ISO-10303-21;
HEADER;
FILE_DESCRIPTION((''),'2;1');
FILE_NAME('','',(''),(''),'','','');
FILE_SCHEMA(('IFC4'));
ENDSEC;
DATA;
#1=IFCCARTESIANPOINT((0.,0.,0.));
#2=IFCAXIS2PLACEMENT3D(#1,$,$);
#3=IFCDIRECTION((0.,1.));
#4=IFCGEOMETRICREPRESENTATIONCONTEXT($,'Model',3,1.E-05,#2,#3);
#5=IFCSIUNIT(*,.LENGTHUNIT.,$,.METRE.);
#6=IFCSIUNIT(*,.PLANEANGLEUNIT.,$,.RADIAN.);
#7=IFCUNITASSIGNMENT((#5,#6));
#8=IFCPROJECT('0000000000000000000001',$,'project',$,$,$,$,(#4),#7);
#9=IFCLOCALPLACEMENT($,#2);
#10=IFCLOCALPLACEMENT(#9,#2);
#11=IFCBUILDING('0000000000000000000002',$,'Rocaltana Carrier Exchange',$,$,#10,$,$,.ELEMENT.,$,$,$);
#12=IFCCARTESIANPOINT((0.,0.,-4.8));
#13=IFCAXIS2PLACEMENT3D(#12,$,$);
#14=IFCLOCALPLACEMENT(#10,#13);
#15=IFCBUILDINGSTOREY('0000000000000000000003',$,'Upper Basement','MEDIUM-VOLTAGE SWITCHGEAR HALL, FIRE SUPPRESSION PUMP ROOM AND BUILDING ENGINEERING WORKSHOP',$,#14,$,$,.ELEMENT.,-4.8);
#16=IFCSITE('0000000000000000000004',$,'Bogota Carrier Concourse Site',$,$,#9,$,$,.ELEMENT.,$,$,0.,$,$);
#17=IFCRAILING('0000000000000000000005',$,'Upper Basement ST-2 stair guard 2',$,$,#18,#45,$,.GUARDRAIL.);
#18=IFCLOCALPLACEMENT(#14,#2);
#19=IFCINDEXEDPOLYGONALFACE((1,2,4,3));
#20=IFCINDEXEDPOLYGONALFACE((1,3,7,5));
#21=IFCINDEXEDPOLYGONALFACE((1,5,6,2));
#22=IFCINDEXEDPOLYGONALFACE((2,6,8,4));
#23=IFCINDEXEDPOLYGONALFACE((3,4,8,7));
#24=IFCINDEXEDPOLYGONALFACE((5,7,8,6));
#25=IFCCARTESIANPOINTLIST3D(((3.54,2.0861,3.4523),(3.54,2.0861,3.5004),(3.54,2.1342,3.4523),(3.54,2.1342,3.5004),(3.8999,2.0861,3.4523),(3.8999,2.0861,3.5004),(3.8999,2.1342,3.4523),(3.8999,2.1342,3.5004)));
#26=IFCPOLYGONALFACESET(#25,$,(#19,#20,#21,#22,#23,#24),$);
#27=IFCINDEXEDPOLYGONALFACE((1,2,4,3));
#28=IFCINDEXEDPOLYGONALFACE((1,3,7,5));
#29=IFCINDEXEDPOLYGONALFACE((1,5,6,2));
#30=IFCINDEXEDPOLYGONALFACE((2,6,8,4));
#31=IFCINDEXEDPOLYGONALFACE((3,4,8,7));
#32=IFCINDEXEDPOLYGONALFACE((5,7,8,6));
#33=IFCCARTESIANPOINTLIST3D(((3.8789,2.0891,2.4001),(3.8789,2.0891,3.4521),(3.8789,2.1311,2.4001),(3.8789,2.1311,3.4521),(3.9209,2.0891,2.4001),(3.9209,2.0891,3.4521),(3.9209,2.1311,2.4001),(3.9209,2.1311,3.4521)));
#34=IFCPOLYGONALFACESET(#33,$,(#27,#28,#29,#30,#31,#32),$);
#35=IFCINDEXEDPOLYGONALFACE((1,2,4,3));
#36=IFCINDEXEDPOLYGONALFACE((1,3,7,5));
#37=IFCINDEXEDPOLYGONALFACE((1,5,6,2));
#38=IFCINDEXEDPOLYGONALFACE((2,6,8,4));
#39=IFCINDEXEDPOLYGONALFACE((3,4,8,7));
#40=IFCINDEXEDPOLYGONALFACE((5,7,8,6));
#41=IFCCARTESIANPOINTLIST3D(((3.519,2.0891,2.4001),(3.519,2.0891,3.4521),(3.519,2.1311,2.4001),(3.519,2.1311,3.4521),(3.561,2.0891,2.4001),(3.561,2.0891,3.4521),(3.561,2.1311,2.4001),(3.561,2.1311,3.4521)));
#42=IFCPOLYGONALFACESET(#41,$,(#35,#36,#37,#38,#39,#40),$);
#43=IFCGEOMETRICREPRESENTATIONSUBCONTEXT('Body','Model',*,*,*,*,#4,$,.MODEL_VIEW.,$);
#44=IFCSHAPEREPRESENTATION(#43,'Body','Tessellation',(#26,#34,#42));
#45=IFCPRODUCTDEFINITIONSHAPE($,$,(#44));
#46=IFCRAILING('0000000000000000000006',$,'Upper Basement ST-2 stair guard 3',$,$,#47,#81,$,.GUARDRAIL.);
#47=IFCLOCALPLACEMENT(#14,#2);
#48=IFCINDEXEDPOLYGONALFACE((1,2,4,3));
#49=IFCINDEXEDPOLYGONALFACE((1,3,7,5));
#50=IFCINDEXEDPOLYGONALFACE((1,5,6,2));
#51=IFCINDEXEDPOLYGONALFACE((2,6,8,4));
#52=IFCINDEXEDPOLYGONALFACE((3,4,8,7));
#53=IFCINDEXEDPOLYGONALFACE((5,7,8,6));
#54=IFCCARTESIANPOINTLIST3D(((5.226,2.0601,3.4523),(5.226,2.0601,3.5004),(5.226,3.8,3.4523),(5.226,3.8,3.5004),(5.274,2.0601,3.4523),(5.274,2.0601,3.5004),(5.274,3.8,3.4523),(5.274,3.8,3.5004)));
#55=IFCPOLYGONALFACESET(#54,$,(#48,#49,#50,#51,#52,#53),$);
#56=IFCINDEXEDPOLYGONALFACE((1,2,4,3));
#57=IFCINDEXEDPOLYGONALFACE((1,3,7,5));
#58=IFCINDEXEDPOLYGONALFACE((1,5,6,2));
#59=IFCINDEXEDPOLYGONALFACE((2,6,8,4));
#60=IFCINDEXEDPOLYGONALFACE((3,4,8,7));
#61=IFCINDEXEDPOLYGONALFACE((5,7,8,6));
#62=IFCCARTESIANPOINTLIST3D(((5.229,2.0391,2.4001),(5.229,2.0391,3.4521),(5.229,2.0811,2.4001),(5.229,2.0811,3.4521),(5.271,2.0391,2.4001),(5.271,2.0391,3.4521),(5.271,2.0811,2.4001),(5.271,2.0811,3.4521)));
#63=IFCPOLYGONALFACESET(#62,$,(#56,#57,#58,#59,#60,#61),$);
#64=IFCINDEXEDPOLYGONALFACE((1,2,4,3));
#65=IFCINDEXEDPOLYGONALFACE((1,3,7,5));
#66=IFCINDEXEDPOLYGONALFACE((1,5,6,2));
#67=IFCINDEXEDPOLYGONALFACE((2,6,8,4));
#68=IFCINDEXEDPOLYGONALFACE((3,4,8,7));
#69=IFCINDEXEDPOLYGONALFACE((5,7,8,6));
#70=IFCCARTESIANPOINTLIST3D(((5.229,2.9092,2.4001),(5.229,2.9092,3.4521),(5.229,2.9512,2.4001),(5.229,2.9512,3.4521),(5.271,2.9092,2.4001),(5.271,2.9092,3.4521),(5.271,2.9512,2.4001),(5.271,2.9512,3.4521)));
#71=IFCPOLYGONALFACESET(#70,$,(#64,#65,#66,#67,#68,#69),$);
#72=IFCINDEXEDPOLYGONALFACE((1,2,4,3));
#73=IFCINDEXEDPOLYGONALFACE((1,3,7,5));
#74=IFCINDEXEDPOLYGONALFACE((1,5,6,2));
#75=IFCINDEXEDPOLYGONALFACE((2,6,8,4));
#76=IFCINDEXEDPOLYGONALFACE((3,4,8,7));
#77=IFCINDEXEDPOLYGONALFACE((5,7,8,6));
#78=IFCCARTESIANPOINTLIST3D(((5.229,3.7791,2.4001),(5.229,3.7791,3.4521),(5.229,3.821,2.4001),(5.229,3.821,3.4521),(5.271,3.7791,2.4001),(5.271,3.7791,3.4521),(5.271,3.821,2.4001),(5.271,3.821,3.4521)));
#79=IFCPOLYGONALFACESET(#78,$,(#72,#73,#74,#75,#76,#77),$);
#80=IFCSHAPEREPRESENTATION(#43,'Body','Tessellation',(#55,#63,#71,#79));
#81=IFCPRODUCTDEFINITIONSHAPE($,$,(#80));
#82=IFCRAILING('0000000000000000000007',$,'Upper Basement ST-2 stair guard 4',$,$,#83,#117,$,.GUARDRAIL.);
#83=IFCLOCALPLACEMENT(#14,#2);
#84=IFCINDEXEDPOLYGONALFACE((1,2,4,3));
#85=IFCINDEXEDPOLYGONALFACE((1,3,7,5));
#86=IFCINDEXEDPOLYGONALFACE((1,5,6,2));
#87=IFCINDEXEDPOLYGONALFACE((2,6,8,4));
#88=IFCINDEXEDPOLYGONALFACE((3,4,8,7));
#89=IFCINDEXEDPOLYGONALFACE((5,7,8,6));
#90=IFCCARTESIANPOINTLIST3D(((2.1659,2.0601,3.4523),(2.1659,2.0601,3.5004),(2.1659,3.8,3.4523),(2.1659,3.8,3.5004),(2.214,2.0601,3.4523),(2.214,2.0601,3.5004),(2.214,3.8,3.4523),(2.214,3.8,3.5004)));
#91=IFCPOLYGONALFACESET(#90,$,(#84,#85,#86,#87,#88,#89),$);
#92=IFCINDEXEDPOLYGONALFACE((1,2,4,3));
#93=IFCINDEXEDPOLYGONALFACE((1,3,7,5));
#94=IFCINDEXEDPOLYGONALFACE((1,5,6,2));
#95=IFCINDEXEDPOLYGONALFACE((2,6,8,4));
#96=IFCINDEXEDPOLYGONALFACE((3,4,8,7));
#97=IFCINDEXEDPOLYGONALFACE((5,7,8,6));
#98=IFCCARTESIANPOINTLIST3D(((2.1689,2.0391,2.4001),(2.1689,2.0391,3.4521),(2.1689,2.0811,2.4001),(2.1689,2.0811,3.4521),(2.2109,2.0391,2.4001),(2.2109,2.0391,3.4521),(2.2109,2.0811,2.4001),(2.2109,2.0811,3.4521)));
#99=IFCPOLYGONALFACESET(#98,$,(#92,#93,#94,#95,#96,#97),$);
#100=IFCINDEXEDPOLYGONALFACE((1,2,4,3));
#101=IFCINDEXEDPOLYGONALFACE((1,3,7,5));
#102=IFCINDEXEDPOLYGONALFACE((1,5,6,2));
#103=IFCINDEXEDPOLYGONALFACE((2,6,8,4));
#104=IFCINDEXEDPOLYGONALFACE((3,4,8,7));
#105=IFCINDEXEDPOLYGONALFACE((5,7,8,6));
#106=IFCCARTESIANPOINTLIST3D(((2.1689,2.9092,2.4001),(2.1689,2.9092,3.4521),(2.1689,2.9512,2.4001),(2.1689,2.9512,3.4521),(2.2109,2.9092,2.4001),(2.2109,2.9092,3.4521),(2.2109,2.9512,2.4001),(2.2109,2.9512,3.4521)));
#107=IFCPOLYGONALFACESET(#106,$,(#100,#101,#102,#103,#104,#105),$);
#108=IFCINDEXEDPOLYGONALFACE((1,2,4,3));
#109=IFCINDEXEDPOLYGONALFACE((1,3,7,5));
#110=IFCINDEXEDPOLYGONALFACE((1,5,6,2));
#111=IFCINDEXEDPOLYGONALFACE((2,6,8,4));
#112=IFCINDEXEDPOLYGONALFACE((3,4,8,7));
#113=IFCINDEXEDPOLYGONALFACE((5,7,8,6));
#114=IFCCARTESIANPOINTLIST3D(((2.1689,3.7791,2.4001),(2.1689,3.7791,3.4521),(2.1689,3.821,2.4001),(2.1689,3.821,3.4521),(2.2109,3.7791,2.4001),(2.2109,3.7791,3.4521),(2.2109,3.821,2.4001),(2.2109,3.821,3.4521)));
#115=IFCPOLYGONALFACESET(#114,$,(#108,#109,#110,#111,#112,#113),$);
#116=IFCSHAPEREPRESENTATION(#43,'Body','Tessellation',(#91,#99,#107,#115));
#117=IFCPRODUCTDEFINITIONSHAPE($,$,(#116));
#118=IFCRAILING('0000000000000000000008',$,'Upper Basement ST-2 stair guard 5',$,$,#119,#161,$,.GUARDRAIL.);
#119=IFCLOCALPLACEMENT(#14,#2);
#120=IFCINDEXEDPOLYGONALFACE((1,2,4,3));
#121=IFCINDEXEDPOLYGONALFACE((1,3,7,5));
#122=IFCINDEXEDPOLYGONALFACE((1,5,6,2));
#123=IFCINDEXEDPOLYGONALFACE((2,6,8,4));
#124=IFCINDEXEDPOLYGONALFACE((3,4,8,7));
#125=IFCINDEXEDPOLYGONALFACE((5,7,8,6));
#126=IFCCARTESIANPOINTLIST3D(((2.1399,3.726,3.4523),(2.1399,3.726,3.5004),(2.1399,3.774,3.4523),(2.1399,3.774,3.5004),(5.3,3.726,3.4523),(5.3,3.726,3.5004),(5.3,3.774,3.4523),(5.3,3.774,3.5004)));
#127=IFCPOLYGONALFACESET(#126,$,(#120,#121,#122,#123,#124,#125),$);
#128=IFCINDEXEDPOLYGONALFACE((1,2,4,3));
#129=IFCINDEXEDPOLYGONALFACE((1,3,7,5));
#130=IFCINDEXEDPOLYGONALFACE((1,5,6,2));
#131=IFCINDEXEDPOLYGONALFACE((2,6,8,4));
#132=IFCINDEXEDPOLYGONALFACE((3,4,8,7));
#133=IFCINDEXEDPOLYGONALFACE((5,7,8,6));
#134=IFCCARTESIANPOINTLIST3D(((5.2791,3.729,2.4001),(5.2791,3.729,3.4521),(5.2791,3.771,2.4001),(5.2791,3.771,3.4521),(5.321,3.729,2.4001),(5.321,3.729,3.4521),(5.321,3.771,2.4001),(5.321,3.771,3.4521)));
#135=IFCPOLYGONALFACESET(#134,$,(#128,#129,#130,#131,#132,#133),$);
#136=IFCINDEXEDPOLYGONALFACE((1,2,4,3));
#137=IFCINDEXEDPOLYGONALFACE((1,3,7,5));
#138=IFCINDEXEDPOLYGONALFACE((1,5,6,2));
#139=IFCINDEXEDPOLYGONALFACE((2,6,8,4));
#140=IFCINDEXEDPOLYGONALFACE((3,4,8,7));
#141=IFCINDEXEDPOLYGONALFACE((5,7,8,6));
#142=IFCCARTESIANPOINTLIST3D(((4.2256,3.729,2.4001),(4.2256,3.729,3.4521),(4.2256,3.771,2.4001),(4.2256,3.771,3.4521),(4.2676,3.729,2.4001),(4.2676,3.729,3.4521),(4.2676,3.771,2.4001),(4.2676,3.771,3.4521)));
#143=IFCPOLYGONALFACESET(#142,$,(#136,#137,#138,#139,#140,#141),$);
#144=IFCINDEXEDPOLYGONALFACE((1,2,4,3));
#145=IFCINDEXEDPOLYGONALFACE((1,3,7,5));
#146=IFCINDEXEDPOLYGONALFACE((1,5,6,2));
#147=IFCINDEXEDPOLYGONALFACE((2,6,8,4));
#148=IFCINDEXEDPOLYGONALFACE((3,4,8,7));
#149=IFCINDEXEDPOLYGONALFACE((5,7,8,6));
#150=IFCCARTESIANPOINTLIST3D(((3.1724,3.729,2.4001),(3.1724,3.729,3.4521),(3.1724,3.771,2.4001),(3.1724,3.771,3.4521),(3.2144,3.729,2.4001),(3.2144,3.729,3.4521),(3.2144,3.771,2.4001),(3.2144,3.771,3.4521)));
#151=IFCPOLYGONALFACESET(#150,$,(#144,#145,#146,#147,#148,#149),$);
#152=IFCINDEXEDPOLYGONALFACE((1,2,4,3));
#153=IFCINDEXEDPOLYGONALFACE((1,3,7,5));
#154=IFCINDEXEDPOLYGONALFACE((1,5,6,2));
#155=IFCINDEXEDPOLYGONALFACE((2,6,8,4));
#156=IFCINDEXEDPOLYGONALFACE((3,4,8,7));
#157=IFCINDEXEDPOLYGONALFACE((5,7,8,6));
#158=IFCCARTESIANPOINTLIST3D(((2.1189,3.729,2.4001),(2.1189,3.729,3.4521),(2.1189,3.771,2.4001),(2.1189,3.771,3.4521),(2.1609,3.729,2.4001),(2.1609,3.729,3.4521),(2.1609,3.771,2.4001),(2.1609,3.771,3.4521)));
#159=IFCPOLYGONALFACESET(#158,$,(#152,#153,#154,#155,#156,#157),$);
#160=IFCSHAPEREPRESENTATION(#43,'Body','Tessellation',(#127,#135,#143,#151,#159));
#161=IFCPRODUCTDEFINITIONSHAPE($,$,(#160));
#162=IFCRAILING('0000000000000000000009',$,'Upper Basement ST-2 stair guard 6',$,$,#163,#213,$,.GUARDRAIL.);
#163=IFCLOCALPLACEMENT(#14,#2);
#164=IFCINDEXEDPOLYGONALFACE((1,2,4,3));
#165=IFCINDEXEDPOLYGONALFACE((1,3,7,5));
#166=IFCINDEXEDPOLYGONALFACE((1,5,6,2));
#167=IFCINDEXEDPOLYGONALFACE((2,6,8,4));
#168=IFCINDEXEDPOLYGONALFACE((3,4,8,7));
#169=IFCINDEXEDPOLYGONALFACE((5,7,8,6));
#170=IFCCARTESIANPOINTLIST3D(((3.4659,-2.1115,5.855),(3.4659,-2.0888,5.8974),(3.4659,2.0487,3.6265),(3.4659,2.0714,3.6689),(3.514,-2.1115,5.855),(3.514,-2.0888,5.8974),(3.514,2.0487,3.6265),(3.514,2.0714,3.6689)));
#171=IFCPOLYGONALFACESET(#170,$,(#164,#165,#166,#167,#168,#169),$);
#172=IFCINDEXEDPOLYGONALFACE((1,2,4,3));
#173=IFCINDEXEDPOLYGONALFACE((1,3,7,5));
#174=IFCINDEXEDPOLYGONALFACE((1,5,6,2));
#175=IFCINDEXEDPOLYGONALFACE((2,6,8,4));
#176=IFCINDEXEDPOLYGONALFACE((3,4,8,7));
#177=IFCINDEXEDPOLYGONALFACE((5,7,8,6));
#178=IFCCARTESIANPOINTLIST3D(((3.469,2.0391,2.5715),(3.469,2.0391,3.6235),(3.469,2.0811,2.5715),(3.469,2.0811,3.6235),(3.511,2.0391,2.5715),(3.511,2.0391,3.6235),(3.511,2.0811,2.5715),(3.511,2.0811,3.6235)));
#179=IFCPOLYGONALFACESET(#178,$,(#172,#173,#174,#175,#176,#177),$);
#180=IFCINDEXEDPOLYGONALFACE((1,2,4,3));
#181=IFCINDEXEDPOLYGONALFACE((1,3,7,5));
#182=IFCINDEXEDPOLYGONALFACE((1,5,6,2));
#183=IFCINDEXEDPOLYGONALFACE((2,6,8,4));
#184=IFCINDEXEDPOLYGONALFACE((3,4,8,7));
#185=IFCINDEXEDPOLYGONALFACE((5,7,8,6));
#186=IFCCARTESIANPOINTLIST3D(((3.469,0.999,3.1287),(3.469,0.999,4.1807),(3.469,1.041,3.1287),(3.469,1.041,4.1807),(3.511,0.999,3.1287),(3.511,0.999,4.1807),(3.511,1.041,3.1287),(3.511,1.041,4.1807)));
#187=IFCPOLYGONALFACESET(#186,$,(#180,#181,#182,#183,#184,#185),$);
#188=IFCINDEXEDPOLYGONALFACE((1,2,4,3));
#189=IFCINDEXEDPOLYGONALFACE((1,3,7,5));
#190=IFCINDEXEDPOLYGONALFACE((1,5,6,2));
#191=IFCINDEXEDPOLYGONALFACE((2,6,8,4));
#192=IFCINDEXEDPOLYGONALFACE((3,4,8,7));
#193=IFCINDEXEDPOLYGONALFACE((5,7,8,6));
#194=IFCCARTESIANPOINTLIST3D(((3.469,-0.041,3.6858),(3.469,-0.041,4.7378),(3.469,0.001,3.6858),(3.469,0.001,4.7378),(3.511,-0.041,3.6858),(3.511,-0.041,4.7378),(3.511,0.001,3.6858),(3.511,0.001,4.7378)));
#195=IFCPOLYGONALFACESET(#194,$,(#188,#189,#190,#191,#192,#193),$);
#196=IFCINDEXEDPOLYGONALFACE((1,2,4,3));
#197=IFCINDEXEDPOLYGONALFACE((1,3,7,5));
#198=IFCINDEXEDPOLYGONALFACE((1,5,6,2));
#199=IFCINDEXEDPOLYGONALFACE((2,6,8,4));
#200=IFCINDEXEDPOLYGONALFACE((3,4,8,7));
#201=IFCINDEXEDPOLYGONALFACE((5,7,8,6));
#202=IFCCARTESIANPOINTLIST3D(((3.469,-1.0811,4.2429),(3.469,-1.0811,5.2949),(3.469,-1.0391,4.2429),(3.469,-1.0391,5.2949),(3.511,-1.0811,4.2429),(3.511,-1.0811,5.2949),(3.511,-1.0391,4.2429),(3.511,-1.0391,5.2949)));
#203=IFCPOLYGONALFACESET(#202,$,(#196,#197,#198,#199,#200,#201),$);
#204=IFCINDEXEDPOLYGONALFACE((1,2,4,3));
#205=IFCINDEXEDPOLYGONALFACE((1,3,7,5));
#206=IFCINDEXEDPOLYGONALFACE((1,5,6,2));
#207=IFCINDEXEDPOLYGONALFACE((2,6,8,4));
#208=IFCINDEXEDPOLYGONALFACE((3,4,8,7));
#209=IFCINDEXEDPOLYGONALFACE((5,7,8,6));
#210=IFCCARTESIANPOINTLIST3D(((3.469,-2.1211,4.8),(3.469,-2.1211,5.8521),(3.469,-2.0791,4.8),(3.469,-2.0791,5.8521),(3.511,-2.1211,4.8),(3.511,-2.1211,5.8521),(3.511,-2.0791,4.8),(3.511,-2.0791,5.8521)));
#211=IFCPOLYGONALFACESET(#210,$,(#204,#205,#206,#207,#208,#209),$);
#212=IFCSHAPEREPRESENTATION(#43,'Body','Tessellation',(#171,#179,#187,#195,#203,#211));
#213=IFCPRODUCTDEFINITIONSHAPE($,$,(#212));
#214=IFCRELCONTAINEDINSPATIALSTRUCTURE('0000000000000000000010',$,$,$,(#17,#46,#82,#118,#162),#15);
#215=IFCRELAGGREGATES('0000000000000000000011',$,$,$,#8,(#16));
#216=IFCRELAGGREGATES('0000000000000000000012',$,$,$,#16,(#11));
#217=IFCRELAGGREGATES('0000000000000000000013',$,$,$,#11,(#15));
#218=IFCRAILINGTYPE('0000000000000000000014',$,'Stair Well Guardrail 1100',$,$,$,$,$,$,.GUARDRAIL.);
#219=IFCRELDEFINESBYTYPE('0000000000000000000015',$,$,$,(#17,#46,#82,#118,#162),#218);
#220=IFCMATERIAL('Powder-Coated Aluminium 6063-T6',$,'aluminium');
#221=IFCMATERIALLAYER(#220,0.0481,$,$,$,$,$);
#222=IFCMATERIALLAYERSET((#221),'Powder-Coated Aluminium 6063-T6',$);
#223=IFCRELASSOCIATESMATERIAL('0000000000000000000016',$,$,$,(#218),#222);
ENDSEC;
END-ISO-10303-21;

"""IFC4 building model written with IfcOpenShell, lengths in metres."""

from ifc_helpers import new_model, si_unit, direction, frame, origin, origin_2d, place, context, subcontext, project, spatial, rectangle, extrude, material, layer, layer_set, type_object, element, save


model = new_model("IFC4")

# Units and contexts
model_context = context("Model", 3, precision=1e-05, world=origin(), true_north=direction((0.0, 1.0)))
body_context = subcontext(model_context, "Body", "Model", "MODEL_VIEW")
ifc_project = project(units=[si_unit("LENGTHUNIT", "METRE"), si_unit("PLANEANGLEUNIT", "RADIAN")], contexts=[model_context])

# Site, building, storey
site_placement = place(None, origin())
site = spatial("IfcSite", under=ifc_project, at=site_placement, Name="Bogota Carrier Concourse Site", CompositionType="ELEMENT", RefElevation=0.0)
building_placement = place(site_placement, origin())
building = spatial("IfcBuilding", under=site, at=building_placement, Name="Rocaltana Carrier Exchange", CompositionType="ELEMENT")
storey_placement = place(building_placement, frame((0.0, 0.0, -4.8)))
storey = spatial("IfcBuildingStorey", under=building, at=storey_placement, Name="Upper Basement", Description="MEDIUM-VOLTAGE SWITCHGEAR HALL, FIRE SUPPRESSION PUMP ROOM AND BUILDING ENGINEERING WORKSHOP", CompositionType="ELEMENT", Elevation=-4.8)

# Railings
ifc_material_1 = material(Name="Powder-Coated Aluminium 6063-T6", Category="aluminium")
ifc_layer_1 = layer(ifc_material_1, 0.0481)
ifc_layer_set_1 = layer_set([ifc_layer_1], Name="Powder-Coated Aluminium 6063-T6")
railing_type_1 = type_object("IfcRailingType", Name="Stair Well Guardrail 1100", PredefinedType="GUARDRAIL", material=ifc_layer_set_1)
railing_1_placement = place(storey_placement, frame((3.8999, 2.1101, 2.4001)))
element("IfcRailing", 1, at=railing_1_placement, inside=storey, type_object=railing_type_1, Name="Upper Basement ST-2 stair guard 2", PredefinedType="GUARDRAIL", context=body_context, shape_type="SweptSolid", body=[
    extrude(rectangle(XDim=0.0481, YDim=0.0481, at=origin_2d()), frame((0.0, 0.0, 1.0762), z_axis=(-1.0, 0.0, 0.0), x_axis=(0.0, -1.0, 0.0)), (0.0, 0.0, 1.0), 0.3599),
    extrude(rectangle(XDim=0.042, YDim=0.042, at=origin_2d()), origin(), (0.0, 0.0, 1.0), 1.052),
    extrude(rectangle(XDim=0.042, YDim=0.042, at=origin_2d()), frame((-0.3599, 0.0, 0.0)), (0.0, 0.0, 1.0), 1.052),
])
for number, where, name in (
    (2, (5.25, 2.0601, 2.4001), "Upper Basement ST-2 stair guard 3"),
    (3, (2.1899, 2.0601, 2.4001), "Upper Basement ST-2 stair guard 4"),
):
    element("IfcRailing", number, at=place(storey_placement, frame(where)), inside=storey, type_object=railing_type_1, Name=name, PredefinedType="GUARDRAIL", context=body_context, shape_type="SweptSolid", body=[
        extrude(rectangle(XDim=0.0481, YDim=0.0481, at=origin_2d()), frame((0.0, 0.0, 1.0762), z_axis=(0.0, 1.0, 0.0), x_axis=(-1.0, 0.0, 0.0)), (0.0, 0.0, 1.0), 1.74),
        extrude(rectangle(XDim=0.042, YDim=0.042, at=origin_2d()), origin(), (0.0, 0.0, 1.0), 1.052),
        extrude(rectangle(XDim=0.042, YDim=0.042, at=origin_2d()), frame((0.0, 0.8701, 0.0)), (0.0, 0.0, 1.0), 1.052),
        extrude(rectangle(XDim=0.042, YDim=0.042, at=origin_2d()), frame((0.0, 1.74, 0.0)), (0.0, 0.0, 1.0), 1.052),
    ])
railing_2_placement = place(storey_placement, frame((5.3, 3.75, 2.4001)))
element("IfcRailing", 4, at=railing_2_placement, inside=storey, type_object=railing_type_1, Name="Upper Basement ST-2 stair guard 5", PredefinedType="GUARDRAIL", context=body_context, shape_type="SweptSolid", body=[
    extrude(rectangle(XDim=0.0481, YDim=0.0481, at=origin_2d()), frame((0.0, 0.0, 1.0762), z_axis=(-1.0, 0.0, 0.0), x_axis=(0.0, -1.0, 0.0)), (0.0, 0.0, 1.0), 3.1602),
    extrude(rectangle(XDim=0.042, YDim=0.042, at=origin_2d()), origin(), (0.0, 0.0, 1.0), 1.052),
    extrude(rectangle(XDim=0.042, YDim=0.042, at=origin_2d()), frame((-1.0535, 0.0, 0.0)), (0.0, 0.0, 1.0), 1.052),
    extrude(rectangle(XDim=0.042, YDim=0.042, at=origin_2d()), frame((-2.1067, 0.0, 0.0)), (0.0, 0.0, 1.0), 1.052),
    extrude(rectangle(XDim=0.042, YDim=0.042, at=origin_2d()), frame((-3.1602, 0.0, 0.0)), (0.0, 0.0, 1.0), 1.052),
])
railing_3_placement = place(storey_placement, frame((3.49, 2.0601, 2.5715)))
element("IfcRailing", 5, at=railing_3_placement, inside=storey, type_object=railing_type_1, Name="Upper Basement ST-2 stair guard 6", PredefinedType="GUARDRAIL", context=body_context, shape_type="SweptSolid", body=[
    extrude(rectangle(XDim=0.0481, YDim=0.0481, at=origin_2d()), frame((0.0, 0.0, 1.0762), z_axis=(0.0, -0.881492, 0.472198), x_axis=(1.0, 0.0, 0.0)), (0.0, 0.0, 1.0), 4.7195),
    extrude(rectangle(XDim=0.042, YDim=0.042, at=origin_2d()), origin(), (0.0, 0.0, 1.0), 1.052),
    extrude(rectangle(XDim=0.042, YDim=0.042, at=origin_2d()), frame((0.0, -1.04, 0.5571)), (0.0, 0.0, 1.0), 1.052),
    extrude(rectangle(XDim=0.042, YDim=0.042, at=origin_2d()), frame((0.0, -2.0801, 1.1143)), (0.0, 0.0, 1.0), 1.052),
    extrude(rectangle(XDim=0.042, YDim=0.042, at=origin_2d()), frame((0.0, -3.1201, 1.6714)), (0.0, 0.0, 1.0), 1.052),
    extrude(rectangle(XDim=0.042, YDim=0.042, at=origin_2d()), frame((0.0, -4.1602, 2.2285)), (0.0, 0.0, 1.0), 1.052),
])

save(model, "model.ifc")
